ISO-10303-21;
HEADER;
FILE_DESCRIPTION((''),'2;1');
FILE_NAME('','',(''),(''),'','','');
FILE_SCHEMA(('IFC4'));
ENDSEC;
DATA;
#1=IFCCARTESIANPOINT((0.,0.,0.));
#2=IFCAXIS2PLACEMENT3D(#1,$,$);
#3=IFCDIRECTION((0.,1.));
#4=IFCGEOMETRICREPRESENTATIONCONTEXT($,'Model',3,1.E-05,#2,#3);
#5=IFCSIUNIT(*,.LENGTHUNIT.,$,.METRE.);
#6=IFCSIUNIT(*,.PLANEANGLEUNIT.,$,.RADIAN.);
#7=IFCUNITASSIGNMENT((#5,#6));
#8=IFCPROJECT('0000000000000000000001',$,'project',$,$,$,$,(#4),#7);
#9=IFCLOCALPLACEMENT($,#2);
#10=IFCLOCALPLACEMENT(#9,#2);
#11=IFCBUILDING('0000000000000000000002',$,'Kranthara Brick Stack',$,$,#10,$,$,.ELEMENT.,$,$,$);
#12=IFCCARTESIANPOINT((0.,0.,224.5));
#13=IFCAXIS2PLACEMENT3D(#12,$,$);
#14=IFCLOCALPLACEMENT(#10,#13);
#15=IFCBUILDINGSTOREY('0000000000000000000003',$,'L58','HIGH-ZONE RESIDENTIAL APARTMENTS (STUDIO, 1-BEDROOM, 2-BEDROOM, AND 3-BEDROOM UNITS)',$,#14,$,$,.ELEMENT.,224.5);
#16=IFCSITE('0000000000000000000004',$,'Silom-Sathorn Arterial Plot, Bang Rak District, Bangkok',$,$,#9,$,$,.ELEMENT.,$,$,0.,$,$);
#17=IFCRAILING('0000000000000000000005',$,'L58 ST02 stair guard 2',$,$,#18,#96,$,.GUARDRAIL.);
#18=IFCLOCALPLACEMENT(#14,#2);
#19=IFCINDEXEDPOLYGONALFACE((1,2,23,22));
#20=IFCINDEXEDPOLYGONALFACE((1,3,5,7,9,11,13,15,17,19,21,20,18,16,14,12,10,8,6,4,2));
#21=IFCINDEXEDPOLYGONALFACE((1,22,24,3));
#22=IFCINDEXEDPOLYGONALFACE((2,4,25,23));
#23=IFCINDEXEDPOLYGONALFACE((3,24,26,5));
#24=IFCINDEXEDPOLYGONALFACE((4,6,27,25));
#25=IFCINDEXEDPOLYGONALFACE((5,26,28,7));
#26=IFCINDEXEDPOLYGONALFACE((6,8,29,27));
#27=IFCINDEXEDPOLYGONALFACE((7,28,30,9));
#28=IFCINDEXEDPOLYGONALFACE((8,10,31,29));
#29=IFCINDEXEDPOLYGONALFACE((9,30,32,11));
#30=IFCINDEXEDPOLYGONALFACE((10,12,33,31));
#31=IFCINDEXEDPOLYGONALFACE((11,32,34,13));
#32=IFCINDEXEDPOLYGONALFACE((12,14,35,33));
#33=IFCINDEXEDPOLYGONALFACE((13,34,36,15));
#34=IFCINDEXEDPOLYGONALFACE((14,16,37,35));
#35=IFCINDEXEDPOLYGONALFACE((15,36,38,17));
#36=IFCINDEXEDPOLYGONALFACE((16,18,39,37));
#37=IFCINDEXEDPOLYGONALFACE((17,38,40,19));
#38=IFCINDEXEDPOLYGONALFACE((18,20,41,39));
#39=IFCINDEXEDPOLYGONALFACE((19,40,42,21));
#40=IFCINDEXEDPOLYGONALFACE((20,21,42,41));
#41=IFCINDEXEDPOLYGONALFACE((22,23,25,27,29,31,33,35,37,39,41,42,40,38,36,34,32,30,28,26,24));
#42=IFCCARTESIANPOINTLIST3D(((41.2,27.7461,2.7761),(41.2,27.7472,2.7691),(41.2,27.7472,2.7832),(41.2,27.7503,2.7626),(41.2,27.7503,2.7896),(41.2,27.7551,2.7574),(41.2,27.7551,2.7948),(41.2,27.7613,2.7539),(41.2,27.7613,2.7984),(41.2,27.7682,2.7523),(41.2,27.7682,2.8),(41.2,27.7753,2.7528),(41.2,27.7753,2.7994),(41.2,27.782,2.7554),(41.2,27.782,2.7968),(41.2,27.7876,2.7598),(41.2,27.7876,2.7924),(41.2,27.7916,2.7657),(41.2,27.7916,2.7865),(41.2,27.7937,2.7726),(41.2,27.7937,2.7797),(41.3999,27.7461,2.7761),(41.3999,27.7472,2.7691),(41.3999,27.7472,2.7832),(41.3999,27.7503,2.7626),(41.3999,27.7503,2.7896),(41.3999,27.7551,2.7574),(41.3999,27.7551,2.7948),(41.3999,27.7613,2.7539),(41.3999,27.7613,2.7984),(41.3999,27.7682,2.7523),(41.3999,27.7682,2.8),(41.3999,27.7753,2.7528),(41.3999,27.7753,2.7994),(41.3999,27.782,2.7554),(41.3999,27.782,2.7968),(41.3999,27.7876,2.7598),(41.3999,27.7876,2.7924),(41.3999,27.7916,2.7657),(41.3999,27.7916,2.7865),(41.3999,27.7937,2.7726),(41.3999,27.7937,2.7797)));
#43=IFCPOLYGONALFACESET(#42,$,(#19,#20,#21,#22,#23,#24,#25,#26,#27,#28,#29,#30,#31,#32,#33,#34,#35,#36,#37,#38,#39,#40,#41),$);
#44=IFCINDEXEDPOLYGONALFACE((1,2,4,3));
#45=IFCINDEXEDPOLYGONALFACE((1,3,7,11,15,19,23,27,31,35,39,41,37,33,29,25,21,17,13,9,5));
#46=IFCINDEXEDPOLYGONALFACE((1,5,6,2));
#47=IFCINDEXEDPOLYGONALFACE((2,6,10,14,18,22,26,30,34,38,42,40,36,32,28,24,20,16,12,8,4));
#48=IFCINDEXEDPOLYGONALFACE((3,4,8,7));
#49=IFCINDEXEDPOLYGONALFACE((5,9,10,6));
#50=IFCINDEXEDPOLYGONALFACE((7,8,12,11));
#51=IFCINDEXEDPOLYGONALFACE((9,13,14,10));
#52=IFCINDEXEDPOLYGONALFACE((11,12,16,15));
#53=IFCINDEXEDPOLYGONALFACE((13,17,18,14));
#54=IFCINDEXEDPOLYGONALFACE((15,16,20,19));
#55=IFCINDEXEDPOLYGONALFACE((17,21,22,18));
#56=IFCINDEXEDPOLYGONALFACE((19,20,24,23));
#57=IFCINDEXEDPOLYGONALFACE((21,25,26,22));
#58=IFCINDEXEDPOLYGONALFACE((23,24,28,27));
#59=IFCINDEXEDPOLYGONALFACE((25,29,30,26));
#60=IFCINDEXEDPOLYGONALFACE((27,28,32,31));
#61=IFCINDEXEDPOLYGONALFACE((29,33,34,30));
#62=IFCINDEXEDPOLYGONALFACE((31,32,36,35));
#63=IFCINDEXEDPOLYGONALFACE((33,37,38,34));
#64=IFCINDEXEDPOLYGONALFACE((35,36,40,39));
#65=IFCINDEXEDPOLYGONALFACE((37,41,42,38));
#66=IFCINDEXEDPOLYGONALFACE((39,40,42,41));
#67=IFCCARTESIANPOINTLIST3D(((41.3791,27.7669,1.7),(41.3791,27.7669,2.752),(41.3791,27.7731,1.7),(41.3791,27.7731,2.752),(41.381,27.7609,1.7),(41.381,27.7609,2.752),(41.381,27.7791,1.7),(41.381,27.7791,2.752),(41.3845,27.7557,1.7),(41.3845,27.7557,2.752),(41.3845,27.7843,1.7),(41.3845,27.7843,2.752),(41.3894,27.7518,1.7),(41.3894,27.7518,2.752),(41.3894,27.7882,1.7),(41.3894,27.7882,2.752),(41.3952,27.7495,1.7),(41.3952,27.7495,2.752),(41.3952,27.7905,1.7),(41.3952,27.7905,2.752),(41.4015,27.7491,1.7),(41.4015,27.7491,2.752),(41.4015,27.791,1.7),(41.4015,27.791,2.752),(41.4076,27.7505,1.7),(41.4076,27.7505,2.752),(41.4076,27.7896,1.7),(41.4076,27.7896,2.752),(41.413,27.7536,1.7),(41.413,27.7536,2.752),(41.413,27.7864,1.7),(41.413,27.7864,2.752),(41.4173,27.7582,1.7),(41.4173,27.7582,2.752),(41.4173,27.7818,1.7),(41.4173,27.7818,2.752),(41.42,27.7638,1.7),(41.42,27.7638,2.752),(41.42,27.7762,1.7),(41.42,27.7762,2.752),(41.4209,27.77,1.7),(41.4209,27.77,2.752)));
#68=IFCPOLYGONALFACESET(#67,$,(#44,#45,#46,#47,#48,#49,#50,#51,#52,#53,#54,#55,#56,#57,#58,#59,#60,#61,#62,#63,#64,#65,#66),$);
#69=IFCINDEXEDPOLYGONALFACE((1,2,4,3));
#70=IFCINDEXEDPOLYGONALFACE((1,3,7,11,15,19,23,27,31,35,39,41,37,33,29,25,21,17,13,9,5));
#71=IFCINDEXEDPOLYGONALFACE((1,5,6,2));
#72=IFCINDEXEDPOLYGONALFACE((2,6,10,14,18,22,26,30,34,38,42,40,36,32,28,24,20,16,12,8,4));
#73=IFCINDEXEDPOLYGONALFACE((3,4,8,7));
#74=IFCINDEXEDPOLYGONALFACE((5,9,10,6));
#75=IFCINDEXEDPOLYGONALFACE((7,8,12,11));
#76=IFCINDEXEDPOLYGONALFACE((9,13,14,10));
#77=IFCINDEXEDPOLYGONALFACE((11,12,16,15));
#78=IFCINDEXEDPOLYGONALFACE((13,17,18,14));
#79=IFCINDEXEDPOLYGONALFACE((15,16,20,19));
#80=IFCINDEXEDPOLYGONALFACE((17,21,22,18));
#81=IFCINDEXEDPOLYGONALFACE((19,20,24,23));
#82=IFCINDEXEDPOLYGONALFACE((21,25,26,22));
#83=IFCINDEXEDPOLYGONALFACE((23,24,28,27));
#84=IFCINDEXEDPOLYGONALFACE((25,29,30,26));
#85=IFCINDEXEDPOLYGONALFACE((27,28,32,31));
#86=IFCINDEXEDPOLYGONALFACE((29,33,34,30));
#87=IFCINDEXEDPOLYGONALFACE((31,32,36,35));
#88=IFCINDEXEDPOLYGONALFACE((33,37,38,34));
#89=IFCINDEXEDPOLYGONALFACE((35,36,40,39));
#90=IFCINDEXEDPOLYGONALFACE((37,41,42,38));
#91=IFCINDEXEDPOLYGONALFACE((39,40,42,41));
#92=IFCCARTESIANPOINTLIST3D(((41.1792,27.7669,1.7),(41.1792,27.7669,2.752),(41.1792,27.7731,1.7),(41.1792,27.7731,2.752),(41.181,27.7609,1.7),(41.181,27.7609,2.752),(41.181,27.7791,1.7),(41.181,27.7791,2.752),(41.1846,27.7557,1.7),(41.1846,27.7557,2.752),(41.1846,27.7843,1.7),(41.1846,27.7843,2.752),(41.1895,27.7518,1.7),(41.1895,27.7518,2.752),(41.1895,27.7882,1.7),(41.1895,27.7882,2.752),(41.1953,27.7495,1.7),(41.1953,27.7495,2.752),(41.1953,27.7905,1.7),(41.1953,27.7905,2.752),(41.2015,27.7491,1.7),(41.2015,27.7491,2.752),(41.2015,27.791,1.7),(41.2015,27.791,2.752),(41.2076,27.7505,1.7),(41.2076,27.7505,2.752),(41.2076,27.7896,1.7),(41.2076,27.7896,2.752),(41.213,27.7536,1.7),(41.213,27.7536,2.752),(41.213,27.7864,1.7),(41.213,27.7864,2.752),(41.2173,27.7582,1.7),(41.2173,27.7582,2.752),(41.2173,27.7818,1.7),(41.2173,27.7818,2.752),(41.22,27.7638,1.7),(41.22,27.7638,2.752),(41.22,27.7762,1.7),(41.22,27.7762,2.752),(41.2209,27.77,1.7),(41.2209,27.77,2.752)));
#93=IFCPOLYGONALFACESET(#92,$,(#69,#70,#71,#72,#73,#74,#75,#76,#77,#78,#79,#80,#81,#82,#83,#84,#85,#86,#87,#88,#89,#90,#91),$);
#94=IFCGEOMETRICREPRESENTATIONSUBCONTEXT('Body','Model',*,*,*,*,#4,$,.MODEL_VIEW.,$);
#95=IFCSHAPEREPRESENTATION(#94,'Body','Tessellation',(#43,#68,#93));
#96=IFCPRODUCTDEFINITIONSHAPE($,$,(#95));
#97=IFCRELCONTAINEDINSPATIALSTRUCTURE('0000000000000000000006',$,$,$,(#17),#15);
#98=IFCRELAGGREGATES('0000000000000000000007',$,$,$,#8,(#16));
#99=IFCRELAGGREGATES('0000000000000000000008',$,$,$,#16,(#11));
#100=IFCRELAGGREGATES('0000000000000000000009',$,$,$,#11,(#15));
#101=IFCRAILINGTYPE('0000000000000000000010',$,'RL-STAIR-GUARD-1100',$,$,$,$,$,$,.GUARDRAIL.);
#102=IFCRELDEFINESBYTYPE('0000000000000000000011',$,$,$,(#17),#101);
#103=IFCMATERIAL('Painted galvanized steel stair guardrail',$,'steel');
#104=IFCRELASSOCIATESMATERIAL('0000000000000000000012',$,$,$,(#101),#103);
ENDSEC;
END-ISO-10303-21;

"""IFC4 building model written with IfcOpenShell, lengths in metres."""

from ifc_helpers import new_model, si_unit, direction, frame, origin, origin_2d, place, context, subcontext, project, spatial, circle, extrude, material, type_object, element, save


model = new_model("IFC4")

# Units and contexts
model_context = context("Model", 3, precision=1e-05, world=origin(), true_north=direction((0.0, 1.0)))
body_context = subcontext(model_context, "Body", "Model", "MODEL_VIEW")
ifc_project = project(units=[si_unit("LENGTHUNIT", "METRE"), si_unit("PLANEANGLEUNIT", "RADIAN")], contexts=[model_context])

# Site, building, storey
site_placement = place(None, origin())
site = spatial("IfcSite", under=ifc_project, at=site_placement, Name="Silom-Sathorn Arterial Plot, Bang Rak District, Bangkok", CompositionType="ELEMENT", RefElevation=0.0)
building_placement = place(site_placement, origin())
building = spatial("IfcBuilding", under=site, at=building_placement, Name="Kranthara Brick Stack", CompositionType="ELEMENT")
storey_placement = place(building_placement, frame((0.0, 0.0, 224.5)))
storey = spatial("IfcBuildingStorey", under=building, at=storey_placement, Name="L58", Description="HIGH-ZONE RESIDENTIAL APARTMENTS (STUDIO, 1-BEDROOM, 2-BEDROOM, AND 3-BEDROOM UNITS)", CompositionType="ELEMENT", Elevation=224.5)

# Railing
ifc_material_1 = material(Name="Painted galvanized steel stair guardrail", Category="steel")
railing_type_1 = type_object("IfcRailingType", Name="RL-STAIR-GUARD-1100", PredefinedType="GUARDRAIL", material=ifc_material_1)
railing_1_placement = place(storey_placement, frame((41.3999, 27.77, 1.7)))
element("IfcRailing", 1, at=railing_1_placement, inside=storey, type_object=railing_type_1, Name="L58 ST02 stair guard 2", PredefinedType="GUARDRAIL", context=body_context, shape_type="SweptSolid", body=[
    extrude(circle(Radius=0.0239, at=origin_2d()), frame((0.0, 0.0, 1.0762), z_axis=(-1.0, 0.0, 0.0), x_axis=(0.0, -1.0, 0.0)), (0.0, 0.0, 1.0), 0.2),
    extrude(circle(Radius=0.021, at=origin_2d()), origin(), (0.0, 0.0, 1.0), 1.052),
    extrude(circle(Radius=0.021, at=origin_2d()), frame((-0.2, 0.0, 0.0)), (0.0, 0.0, 1.0), 1.052),
])

save(model, "model.ifc")
